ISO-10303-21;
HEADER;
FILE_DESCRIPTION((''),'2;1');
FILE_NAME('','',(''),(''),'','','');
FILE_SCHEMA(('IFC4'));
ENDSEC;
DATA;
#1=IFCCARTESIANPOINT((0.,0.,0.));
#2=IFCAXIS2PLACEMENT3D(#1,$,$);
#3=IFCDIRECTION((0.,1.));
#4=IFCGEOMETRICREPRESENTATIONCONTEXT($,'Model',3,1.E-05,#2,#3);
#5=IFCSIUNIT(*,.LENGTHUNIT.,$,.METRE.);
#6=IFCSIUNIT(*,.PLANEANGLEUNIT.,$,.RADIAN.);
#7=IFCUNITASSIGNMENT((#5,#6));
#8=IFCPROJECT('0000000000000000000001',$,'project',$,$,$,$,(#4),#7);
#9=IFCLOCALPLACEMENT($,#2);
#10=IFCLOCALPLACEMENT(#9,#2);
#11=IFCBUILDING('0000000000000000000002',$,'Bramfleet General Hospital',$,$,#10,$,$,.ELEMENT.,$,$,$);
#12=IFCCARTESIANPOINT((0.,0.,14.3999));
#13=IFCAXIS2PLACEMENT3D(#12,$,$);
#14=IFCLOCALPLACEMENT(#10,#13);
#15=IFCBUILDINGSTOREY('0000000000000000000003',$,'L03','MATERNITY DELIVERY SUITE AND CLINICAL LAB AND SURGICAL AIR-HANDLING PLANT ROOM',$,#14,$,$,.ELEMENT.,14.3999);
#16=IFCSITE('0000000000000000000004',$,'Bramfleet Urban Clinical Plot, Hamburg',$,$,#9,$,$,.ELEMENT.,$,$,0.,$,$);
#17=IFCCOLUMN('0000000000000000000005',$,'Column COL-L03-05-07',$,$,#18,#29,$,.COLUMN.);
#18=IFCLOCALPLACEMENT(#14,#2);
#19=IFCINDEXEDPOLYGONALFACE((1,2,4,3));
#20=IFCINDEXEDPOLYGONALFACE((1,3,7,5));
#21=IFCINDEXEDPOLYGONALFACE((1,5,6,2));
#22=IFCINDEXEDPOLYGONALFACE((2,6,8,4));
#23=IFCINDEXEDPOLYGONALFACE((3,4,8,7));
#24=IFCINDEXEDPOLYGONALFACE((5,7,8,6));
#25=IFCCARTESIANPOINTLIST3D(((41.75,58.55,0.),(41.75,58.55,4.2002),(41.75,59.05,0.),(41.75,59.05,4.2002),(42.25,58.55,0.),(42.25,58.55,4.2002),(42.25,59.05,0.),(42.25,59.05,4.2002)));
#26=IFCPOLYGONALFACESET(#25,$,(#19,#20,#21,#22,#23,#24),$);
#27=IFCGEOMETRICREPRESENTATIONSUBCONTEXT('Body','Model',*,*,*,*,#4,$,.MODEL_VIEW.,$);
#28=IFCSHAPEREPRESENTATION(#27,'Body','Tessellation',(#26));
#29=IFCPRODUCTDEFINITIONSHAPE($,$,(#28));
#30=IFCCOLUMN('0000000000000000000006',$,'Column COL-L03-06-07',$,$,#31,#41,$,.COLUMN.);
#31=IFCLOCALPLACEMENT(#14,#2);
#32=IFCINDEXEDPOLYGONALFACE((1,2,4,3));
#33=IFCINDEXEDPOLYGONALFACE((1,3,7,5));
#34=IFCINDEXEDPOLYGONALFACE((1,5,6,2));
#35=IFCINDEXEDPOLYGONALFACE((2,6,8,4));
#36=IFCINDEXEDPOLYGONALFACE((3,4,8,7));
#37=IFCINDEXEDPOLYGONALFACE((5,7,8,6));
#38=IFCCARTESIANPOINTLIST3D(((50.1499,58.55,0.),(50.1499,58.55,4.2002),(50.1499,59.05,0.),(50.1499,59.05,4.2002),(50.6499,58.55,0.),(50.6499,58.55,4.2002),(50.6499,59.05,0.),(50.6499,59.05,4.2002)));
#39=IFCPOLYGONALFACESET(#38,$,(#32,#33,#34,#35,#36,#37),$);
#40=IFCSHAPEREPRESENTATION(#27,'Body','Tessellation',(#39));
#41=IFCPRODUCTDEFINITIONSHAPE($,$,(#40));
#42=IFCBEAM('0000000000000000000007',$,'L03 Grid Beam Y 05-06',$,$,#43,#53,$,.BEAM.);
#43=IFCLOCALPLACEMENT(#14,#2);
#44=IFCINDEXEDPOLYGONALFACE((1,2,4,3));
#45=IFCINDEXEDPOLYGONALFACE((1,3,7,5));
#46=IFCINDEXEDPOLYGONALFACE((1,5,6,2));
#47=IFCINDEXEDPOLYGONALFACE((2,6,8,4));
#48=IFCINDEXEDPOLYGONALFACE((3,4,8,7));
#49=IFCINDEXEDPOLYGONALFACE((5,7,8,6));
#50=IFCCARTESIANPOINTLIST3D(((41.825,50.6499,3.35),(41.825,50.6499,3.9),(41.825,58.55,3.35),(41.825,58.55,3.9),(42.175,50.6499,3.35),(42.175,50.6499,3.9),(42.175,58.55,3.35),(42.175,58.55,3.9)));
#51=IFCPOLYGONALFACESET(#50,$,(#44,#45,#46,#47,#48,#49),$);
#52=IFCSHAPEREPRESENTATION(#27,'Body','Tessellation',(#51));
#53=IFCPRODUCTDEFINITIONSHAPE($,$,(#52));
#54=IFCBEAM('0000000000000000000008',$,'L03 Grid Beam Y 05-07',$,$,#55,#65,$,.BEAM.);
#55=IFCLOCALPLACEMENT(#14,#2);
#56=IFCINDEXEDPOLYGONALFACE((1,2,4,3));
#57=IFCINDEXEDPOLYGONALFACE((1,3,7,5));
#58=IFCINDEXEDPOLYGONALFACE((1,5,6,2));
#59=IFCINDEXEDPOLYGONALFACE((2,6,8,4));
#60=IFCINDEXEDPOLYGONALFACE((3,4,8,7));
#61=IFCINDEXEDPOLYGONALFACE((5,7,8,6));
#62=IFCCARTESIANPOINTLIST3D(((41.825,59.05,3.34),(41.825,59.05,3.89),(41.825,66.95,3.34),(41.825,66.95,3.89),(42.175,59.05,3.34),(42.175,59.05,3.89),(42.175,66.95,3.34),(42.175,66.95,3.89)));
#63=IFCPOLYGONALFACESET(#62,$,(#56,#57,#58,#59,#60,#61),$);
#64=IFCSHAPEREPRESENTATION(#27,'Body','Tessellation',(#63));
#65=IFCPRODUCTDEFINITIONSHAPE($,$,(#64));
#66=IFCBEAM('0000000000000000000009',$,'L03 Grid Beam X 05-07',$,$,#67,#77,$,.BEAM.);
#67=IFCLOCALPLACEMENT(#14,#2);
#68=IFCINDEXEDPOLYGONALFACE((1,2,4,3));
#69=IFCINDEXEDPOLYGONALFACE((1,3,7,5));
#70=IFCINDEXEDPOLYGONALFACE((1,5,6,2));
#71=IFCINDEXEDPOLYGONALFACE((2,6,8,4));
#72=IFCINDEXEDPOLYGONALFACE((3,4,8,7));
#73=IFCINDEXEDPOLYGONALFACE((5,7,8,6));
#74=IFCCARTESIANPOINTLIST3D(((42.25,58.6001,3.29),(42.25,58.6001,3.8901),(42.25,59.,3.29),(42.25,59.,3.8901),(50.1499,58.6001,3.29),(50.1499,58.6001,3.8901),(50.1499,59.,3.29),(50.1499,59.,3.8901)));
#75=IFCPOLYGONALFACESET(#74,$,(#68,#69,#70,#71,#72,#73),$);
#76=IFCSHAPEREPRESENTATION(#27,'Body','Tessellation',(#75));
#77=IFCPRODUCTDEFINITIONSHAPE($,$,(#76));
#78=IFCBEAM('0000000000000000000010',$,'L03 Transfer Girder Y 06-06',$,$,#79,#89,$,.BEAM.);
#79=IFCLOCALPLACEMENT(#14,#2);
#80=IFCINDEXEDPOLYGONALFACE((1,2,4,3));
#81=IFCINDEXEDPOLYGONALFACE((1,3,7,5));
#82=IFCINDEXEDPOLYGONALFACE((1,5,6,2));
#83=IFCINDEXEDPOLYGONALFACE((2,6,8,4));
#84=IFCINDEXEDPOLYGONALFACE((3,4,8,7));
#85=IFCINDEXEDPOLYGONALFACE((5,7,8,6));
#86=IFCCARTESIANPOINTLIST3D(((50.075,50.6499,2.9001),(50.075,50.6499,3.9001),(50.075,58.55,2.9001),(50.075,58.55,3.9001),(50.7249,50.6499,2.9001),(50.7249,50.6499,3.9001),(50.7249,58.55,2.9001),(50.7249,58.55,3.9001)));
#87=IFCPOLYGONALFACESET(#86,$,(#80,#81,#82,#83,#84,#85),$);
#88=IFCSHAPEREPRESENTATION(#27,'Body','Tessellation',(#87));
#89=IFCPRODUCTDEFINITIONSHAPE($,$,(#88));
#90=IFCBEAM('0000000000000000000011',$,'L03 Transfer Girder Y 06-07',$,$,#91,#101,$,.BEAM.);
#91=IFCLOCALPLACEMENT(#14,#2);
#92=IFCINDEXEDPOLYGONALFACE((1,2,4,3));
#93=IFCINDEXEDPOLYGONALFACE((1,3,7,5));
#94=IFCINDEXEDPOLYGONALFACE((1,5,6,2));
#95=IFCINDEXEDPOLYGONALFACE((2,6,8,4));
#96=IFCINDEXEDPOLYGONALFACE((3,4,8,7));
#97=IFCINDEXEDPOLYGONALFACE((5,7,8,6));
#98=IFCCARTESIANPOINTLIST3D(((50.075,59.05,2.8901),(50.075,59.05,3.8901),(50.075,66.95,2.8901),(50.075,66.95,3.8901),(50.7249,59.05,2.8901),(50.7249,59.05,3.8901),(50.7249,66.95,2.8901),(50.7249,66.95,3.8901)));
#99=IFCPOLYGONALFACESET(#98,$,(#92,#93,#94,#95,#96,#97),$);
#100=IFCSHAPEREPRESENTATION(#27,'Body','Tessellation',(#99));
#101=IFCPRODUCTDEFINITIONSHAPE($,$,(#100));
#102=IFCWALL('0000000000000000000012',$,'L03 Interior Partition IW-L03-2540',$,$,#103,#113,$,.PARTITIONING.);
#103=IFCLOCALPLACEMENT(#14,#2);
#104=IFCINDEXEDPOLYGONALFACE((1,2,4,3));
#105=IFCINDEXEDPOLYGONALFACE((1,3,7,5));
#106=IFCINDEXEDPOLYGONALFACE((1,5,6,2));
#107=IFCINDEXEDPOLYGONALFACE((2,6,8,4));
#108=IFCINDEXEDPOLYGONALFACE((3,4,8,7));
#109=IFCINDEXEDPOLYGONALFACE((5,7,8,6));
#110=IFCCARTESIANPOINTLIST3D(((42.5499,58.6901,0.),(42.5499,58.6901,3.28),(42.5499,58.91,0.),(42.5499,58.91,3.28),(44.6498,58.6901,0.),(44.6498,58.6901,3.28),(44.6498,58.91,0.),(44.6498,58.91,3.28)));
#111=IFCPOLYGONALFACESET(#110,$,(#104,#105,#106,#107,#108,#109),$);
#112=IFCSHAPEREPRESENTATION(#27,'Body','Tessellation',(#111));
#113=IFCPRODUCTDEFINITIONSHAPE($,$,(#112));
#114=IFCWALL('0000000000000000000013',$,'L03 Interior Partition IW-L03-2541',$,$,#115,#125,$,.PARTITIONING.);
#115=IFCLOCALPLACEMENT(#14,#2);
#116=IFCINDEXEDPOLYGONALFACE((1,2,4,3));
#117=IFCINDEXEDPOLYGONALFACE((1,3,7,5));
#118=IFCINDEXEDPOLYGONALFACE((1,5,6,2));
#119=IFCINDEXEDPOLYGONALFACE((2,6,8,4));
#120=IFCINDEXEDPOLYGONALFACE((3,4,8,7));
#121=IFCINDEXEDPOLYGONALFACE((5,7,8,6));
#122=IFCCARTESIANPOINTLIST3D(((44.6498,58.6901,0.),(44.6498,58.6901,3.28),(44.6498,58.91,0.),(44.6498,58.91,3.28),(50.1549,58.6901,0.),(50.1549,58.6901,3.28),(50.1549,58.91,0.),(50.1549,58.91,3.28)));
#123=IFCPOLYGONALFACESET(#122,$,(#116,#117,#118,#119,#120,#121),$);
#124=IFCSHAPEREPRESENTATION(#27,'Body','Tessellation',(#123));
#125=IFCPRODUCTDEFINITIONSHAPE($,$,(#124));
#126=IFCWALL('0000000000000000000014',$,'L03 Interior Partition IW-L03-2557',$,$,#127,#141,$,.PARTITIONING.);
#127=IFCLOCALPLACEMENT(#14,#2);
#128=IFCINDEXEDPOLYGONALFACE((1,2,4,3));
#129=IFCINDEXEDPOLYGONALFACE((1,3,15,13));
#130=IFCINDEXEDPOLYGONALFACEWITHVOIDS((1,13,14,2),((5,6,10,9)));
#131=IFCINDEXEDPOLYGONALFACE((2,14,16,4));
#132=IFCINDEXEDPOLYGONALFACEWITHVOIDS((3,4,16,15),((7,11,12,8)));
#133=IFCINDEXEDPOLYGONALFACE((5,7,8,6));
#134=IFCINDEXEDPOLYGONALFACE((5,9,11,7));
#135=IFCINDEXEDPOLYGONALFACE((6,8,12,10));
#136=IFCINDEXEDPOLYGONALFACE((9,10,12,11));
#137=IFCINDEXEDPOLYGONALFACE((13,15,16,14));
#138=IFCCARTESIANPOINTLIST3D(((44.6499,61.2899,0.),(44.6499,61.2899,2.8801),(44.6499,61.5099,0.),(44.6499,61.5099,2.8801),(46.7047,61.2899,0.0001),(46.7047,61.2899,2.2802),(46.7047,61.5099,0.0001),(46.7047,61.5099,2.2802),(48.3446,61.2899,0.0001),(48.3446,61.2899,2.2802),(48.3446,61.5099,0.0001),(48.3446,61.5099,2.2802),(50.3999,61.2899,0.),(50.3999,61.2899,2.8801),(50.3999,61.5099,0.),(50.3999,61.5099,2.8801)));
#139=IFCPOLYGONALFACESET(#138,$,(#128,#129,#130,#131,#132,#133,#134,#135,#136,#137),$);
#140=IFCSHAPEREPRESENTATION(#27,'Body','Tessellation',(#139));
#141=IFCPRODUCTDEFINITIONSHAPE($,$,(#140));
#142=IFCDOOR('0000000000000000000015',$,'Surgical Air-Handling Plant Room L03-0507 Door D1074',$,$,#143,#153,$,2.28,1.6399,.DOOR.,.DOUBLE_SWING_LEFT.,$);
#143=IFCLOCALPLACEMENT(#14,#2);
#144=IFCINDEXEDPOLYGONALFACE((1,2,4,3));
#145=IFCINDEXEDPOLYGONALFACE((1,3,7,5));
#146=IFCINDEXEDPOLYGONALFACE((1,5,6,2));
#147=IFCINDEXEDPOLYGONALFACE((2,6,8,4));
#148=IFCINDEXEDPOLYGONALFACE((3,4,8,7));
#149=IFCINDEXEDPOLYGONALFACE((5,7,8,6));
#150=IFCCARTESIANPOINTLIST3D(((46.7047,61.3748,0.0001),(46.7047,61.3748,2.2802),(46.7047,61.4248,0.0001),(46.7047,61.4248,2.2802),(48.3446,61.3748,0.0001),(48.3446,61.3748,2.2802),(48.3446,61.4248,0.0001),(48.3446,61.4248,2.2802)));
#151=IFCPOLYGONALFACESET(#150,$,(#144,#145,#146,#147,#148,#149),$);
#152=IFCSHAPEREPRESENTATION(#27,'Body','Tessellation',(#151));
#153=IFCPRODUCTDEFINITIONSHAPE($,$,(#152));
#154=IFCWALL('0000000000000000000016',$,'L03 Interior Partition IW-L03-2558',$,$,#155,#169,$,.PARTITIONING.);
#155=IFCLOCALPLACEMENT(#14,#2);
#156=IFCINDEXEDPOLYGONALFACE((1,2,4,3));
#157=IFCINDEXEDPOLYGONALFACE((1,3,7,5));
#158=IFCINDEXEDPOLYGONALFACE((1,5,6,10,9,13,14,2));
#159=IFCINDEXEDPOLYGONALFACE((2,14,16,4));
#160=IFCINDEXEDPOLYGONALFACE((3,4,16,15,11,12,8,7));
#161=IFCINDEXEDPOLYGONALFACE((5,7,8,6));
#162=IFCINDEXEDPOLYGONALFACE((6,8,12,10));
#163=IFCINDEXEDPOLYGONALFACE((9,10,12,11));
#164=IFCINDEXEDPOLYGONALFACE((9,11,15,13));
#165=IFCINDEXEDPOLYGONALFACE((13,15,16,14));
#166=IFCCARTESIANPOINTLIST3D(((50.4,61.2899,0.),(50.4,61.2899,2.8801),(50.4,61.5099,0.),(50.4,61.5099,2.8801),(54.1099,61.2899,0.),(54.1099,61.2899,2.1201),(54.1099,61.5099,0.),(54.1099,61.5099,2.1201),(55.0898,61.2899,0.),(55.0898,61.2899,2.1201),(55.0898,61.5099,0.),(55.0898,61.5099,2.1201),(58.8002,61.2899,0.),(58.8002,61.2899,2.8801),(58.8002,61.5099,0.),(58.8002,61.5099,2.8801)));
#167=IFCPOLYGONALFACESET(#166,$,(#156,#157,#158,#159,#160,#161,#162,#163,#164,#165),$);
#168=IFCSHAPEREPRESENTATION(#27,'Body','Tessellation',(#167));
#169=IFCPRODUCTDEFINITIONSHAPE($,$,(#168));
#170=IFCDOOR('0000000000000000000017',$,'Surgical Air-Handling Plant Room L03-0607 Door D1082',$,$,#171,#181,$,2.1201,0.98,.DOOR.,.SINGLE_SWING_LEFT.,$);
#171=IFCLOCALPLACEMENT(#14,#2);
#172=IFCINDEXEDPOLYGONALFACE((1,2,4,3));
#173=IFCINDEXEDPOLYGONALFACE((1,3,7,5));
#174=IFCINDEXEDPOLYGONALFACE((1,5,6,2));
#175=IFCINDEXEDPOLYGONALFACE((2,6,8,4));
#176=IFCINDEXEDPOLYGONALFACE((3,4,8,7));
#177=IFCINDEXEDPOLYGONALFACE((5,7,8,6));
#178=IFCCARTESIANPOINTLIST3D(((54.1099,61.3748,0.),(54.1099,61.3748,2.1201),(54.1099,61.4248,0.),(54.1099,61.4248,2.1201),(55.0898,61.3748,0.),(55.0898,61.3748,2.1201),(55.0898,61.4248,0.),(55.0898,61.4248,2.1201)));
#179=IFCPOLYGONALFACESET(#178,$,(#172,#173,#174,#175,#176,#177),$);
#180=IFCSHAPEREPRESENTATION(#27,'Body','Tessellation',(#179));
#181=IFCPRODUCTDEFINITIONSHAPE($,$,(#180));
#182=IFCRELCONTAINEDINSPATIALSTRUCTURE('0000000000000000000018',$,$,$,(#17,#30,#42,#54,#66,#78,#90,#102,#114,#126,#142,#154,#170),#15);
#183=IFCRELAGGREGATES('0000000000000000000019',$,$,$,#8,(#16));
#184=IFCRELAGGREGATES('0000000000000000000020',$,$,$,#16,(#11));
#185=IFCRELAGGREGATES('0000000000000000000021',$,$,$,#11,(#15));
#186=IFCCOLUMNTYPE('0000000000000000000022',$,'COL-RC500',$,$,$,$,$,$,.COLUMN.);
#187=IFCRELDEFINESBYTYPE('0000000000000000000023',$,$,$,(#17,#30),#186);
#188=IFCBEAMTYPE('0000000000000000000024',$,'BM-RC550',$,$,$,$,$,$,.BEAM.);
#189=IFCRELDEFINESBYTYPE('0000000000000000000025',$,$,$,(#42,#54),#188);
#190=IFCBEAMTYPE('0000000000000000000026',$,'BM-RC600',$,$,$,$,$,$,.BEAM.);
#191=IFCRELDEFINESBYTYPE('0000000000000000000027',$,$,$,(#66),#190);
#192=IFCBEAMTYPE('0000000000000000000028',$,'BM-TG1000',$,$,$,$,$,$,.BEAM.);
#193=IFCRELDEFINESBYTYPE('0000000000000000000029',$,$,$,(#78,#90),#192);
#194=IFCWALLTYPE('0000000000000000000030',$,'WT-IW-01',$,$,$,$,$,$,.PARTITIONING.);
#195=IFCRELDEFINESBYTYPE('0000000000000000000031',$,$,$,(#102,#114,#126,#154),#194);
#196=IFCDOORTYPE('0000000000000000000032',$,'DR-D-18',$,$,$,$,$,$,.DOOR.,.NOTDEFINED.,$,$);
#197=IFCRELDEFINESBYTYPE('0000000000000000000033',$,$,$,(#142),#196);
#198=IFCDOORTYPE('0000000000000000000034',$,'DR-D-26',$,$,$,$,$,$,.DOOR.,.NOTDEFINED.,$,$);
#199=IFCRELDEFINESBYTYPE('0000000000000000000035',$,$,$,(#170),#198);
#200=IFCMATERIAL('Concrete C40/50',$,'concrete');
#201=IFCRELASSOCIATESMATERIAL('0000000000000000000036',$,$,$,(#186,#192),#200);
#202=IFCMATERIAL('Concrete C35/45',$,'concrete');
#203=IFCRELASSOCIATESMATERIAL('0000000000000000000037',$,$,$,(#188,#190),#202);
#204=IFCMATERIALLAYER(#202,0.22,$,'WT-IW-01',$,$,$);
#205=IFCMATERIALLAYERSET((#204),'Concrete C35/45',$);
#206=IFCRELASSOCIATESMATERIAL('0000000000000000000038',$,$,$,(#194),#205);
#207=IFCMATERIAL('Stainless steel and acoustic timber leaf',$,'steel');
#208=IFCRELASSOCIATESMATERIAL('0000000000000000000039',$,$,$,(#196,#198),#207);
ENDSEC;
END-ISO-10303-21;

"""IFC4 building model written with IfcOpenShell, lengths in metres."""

from ifc_helpers import new_model, si_unit, direction, frame, frame_2d, origin, origin_2d, place, context, subcontext, project, spatial, rectangle, extrude, material, layer, layer_set, material_profile, profile_set, type_object, element, fill, save


model = new_model("IFC4")

# Units and contexts
model_context = context("Model", 3, precision=1e-05, world=origin(), true_north=direction((0.0, 1.0)))
body_context = subcontext(model_context, "Body", "Model", "MODEL_VIEW")
ifc_project = project(units=[si_unit("LENGTHUNIT", "METRE"), si_unit("PLANEANGLEUNIT", "RADIAN")], contexts=[model_context])

# Site, building, storey
site_placement = place(None, origin())
site = spatial("IfcSite", under=ifc_project, at=site_placement, Name="Bramfleet Urban Clinical Plot, Hamburg", CompositionType="ELEMENT", RefElevation=0.0)
building_placement = place(site_placement, origin())
building = spatial("IfcBuilding", under=site, at=building_placement, Name="Bramfleet General Hospital", CompositionType="ELEMENT")
storey_placement = place(building_placement, frame((0.0, 0.0, 14.3999)))
storey = spatial("IfcBuildingStorey", under=building, at=storey_placement, Name="L03", Description="MATERNITY DELIVERY SUITE AND CLINICAL LAB AND SURGICAL AIR-HANDLING PLANT ROOM", CompositionType="ELEMENT", Elevation=14.3999)

# Columns
ifc_material_1 = material(Name="Concrete C40/50", Category="concrete")
ifc_material_profile_1 = material_profile(ifc_material_1, rectangle(XDim=0.5, YDim=0.5, at=origin_2d()), Name="RC COL 500x500")
ifc_profile_set_1 = profile_set([ifc_material_profile_1], Name="Concrete C40/50")
column_type = type_object("IfcColumnType", Name="COL-RC500", PredefinedType="COLUMN", material=ifc_profile_set_1)
for number, where, z_axis, x_axis, name in (
    (1, (42.0, 58.8, 0.0), (0.0, 0.0, 1.0), (1.0, 0.0, 0.0), "Column COL-L03-05-07"),
    (2, (50.3999, 58.8, 0.0), (0.0, 0.0, 1.0), (1.0, 0.0, 0.0), "Column COL-L03-06-07"),
):
    element("IfcColumn", number, at=place(storey_placement, frame(where, z_axis=z_axis, x_axis=x_axis)), inside=storey, type_object=column_type, Name=name, PredefinedType="COLUMN", context=body_context, shape_type="SweptSolid", body=[
        extrude(rectangle(XDim=0.5, YDim=0.5, at=origin_2d()), origin(), (0.0, 0.0, 1.0), 4.2002),
    ])

# Beams
ifc_material_2 = material(Name="Concrete C35/45", Category="concrete")
ifc_material_profile_2 = material_profile(ifc_material_2, rectangle(XDim=0.3501, YDim=0.55, at=origin_2d()), Name="RC BM 550x350")
ifc_profile_set_2 = profile_set([ifc_material_profile_2], Name="Concrete C35/45")
beam_type_1 = type_object("IfcBeamType", Name="BM-RC550", PredefinedType="BEAM", material=ifc_profile_set_2)
beam_1_placement = place(storey_placement, frame((42.0, 50.6499, 3.625), z_axis=(0.0, 1.0, 0.0), x_axis=(-1.0, 0.0, 0.0)))
element("IfcBeam", 3, at=beam_1_placement, inside=storey, type_object=beam_type_1, Name="L03 Grid Beam Y 05-06", PredefinedType="BEAM", context=body_context, shape_type="SweptSolid", body=[
    extrude(rectangle(XDim=0.3501, YDim=0.55, at=origin_2d()), origin(), (0.0, 0.0, 1.0), 7.9001),
])
beam_2_placement = place(storey_placement, frame((42.0, 59.05, 3.615), z_axis=(0.0, 1.0, 0.0), x_axis=(-1.0, 0.0, 0.0)))
element("IfcBeam", 4, at=beam_2_placement, inside=storey, type_object=beam_type_1, Name="L03 Grid Beam Y 05-07", PredefinedType="BEAM", context=body_context, shape_type="SweptSolid", body=[
    extrude(rectangle(XDim=0.3501, YDim=0.55, at=origin_2d()), origin(), (0.0, 0.0, 1.0), 7.8999),
])
ifc_material_profile_3 = material_profile(ifc_material_2, rectangle(XDim=0.3999, YDim=0.6001, at=origin_2d()), Name="RC BM 600x400")
ifc_profile_set_3 = profile_set([ifc_material_profile_3], Name="Concrete C35/45")
beam_type_2 = type_object("IfcBeamType", Name="BM-RC600", PredefinedType="BEAM", material=ifc_profile_set_3)
beam_3_placement = place(storey_placement, frame((42.25, 58.8, 3.5901), z_axis=(1.0, 0.0, 0.0), x_axis=(0.0, 1.0, 0.0)))
element("IfcBeam", 5, at=beam_3_placement, inside=storey, type_object=beam_type_2, Name="L03 Grid Beam X 05-07", PredefinedType="BEAM", context=body_context, shape_type="SweptSolid", body=[
    extrude(rectangle(XDim=0.3999, YDim=0.6001, at=origin_2d()), origin(), (0.0, 0.0, 1.0), 7.8999),
])
ifc_material_profile_4 = material_profile(ifc_material_1, rectangle(XDim=0.6499, YDim=1.0, at=origin_2d()), Name="RC TG 1000x650")
ifc_profile_set_4 = profile_set([ifc_material_profile_4], Name="Concrete C40/50")
beam_type_3 = type_object("IfcBeamType", Name="BM-TG1000", PredefinedType="BEAM", material=ifc_profile_set_4)
beam_4_placement = place(storey_placement, frame((50.3999, 50.6499, 3.4001), z_axis=(0.0, 1.0, 0.0), x_axis=(-1.0, 0.0, 0.0)))
element("IfcBeam", 6, at=beam_4_placement, inside=storey, type_object=beam_type_3, Name="L03 Transfer Girder Y 06-06", PredefinedType="BEAM", context=body_context, shape_type="SweptSolid", body=[
    extrude(rectangle(XDim=0.6499, YDim=1.0, at=origin_2d()), origin(), (0.0, 0.0, 1.0), 7.9001),
])
beam_5_placement = place(storey_placement, frame((50.3999, 59.05, 3.3901), z_axis=(0.0, 1.0, 0.0), x_axis=(-1.0, 0.0, 0.0)))
element("IfcBeam", 7, at=beam_5_placement, inside=storey, type_object=beam_type_3, Name="L03 Transfer Girder Y 06-07", PredefinedType="BEAM", context=body_context, shape_type="SweptSolid", body=[
    extrude(rectangle(XDim=0.6499, YDim=1.0, at=origin_2d()), origin(), (0.0, 0.0, 1.0), 7.8999),
])

# Walls
ifc_layer_1 = layer(ifc_material_2, 0.22, Name="WT-IW-01")
ifc_layer_set_1 = layer_set([ifc_layer_1], Name="Concrete C35/45")
wall_type_1 = type_object("IfcWallType", Name="WT-IW-01", PredefinedType="PARTITIONING", material=ifc_layer_set_1)
wall_1_placement = place(storey_placement, frame((42.55, 58.8, 0.0), z_axis=(0.0, 0.0, 1.0), x_axis=(1.0, 0.0, 0.0)))
element("IfcWall", 8, at=wall_1_placement, inside=storey, type_object=wall_type_1, Name="L03 Interior Partition IW-L03-2540", PredefinedType="PARTITIONING", context=body_context, shape_type="SweptSolid", body=[
    extrude(rectangle(XDim=2.0999, YDim=0.22, at=frame_2d((1.0498, 0.0))), origin(), (0.0, 0.0, 1.0), 3.28),
])
wall_2_placement = place(storey_placement, frame((44.6499, 58.8, 0.0), z_axis=(0.0, 0.0, 1.0), x_axis=(1.0, 0.0, 0.0)))
element("IfcWall", 9, at=wall_2_placement, inside=storey, type_object=wall_type_1, Name="L03 Interior Partition IW-L03-2541", PredefinedType="PARTITIONING", context=body_context, shape_type="SweptSolid", body=[
    extrude(rectangle(XDim=5.5051, YDim=0.22, at=frame_2d((2.7524, 0.0))), origin(), (0.0, 0.0, 1.0), 3.28),
])

# Walls, openings, doors
wall_3_placement = place(storey_placement, frame((44.6499, 61.3999, 0.0), z_axis=(0.0, 0.0, 1.0), x_axis=(1.0, 0.0, 0.0)))
wall_3 = element("IfcWall", 10, at=wall_3_placement, inside=storey, type_object=wall_type_1, Name="L03 Interior Partition IW-L03-2557", PredefinedType="PARTITIONING", context=body_context, shape_type="SweptSolid", body=[
    extrude(rectangle(XDim=5.75, YDim=0.22, at=frame_2d((2.875, 0.0))), origin(), (0.0, 0.0, 1.0), 2.8801),
])
opening_1_placement = place(wall_3_placement, frame((2.0549, 0.0, 0.0)))
opening_1 = element("IfcOpeningElement", 11, at=opening_1_placement, cuts=wall_3, PredefinedType="OPENING", context=body_context, shape_type="SweptSolid", body=[
    extrude(rectangle(XDim=1.6399, YDim=2.28, at=frame_2d((0.8198, 1.1401))), frame((0.0, 0.1199, 0.0), z_axis=(0.0, -1.0, 0.0), x_axis=(1.0, 0.0, 0.0)), (0.0, 0.0, 1.0), 0.24),
])
ifc_material_3 = material(Name="Stainless steel and acoustic timber leaf", Category="steel")
door_type_1 = type_object("IfcDoorType", Name="DR-D-18", OperationType="NOTDEFINED", PredefinedType="DOOR", material=ifc_material_3)
door_1_placement = place(opening_1_placement, origin())
door_1 = element("IfcDoor", 12, at=door_1_placement, inside=storey, type_object=door_type_1, Name="Surgical Air-Handling Plant Room L03-0507 Door D1074", OperationType="DOUBLE_SWING_LEFT", OverallHeight=2.28, OverallWidth=1.6399, PredefinedType="DOOR", context=body_context, shape_type="SweptSolid", body=[
    extrude(rectangle(XDim=1.6399, YDim=2.28, at=frame_2d((0.8198, 1.1401))), frame((0.0, 0.0249, 0.0), z_axis=(0.0, -1.0, 0.0), x_axis=(1.0, 0.0, 0.0)), (0.0, 0.0, 1.0), 0.05),
])
fill(opening_1, door_1)
wall_4_placement = place(storey_placement, frame((50.3999, 61.3999, 0.0), z_axis=(0.0, 0.0, 1.0), x_axis=(1.0, 0.0, 0.0)))
wall_4 = element("IfcWall", 13, at=wall_4_placement, inside=storey, type_object=wall_type_1, Name="L03 Interior Partition IW-L03-2558", PredefinedType="PARTITIONING", context=body_context, shape_type="SweptSolid", body=[
    extrude(rectangle(XDim=8.4001, YDim=0.22, at=frame_2d((4.2002, 0.0))), origin(), (0.0, 0.0, 1.0), 2.8801),
])
opening_2_placement = place(wall_4_placement, frame((3.71, 0.0, 0.0)))
opening_2 = element("IfcOpeningElement", 14, at=opening_2_placement, cuts=wall_4, PredefinedType="OPENING", context=body_context, shape_type="SweptSolid", body=[
    extrude(rectangle(XDim=0.98, YDim=2.1201, at=frame_2d((0.49, 1.0601))), frame((0.0, 0.1199, 0.0), z_axis=(0.0, -1.0, 0.0), x_axis=(1.0, 0.0, 0.0)), (0.0, 0.0, 1.0), 0.24),
])
door_type_2 = type_object("IfcDoorType", Name="DR-D-26", OperationType="NOTDEFINED", PredefinedType="DOOR", material=ifc_material_3)
door_2_placement = place(opening_2_placement, origin())
door_2 = element("IfcDoor", 15, at=door_2_placement, inside=storey, type_object=door_type_2, Name="Surgical Air-Handling Plant Room L03-0607 Door D1082", OperationType="SINGLE_SWING_LEFT", OverallHeight=2.1201, OverallWidth=0.98, PredefinedType="DOOR", context=body_context, shape_type="SweptSolid", body=[
    extrude(rectangle(XDim=0.98, YDim=2.1201, at=frame_2d((0.49, 1.0601))), frame((0.0, 0.0249, 0.0), z_axis=(0.0, -1.0, 0.0), x_axis=(1.0, 0.0, 0.0)), (0.0, 0.0, 1.0), 0.05),
])
fill(opening_2, door_2)

save(model, "model.ifc")
